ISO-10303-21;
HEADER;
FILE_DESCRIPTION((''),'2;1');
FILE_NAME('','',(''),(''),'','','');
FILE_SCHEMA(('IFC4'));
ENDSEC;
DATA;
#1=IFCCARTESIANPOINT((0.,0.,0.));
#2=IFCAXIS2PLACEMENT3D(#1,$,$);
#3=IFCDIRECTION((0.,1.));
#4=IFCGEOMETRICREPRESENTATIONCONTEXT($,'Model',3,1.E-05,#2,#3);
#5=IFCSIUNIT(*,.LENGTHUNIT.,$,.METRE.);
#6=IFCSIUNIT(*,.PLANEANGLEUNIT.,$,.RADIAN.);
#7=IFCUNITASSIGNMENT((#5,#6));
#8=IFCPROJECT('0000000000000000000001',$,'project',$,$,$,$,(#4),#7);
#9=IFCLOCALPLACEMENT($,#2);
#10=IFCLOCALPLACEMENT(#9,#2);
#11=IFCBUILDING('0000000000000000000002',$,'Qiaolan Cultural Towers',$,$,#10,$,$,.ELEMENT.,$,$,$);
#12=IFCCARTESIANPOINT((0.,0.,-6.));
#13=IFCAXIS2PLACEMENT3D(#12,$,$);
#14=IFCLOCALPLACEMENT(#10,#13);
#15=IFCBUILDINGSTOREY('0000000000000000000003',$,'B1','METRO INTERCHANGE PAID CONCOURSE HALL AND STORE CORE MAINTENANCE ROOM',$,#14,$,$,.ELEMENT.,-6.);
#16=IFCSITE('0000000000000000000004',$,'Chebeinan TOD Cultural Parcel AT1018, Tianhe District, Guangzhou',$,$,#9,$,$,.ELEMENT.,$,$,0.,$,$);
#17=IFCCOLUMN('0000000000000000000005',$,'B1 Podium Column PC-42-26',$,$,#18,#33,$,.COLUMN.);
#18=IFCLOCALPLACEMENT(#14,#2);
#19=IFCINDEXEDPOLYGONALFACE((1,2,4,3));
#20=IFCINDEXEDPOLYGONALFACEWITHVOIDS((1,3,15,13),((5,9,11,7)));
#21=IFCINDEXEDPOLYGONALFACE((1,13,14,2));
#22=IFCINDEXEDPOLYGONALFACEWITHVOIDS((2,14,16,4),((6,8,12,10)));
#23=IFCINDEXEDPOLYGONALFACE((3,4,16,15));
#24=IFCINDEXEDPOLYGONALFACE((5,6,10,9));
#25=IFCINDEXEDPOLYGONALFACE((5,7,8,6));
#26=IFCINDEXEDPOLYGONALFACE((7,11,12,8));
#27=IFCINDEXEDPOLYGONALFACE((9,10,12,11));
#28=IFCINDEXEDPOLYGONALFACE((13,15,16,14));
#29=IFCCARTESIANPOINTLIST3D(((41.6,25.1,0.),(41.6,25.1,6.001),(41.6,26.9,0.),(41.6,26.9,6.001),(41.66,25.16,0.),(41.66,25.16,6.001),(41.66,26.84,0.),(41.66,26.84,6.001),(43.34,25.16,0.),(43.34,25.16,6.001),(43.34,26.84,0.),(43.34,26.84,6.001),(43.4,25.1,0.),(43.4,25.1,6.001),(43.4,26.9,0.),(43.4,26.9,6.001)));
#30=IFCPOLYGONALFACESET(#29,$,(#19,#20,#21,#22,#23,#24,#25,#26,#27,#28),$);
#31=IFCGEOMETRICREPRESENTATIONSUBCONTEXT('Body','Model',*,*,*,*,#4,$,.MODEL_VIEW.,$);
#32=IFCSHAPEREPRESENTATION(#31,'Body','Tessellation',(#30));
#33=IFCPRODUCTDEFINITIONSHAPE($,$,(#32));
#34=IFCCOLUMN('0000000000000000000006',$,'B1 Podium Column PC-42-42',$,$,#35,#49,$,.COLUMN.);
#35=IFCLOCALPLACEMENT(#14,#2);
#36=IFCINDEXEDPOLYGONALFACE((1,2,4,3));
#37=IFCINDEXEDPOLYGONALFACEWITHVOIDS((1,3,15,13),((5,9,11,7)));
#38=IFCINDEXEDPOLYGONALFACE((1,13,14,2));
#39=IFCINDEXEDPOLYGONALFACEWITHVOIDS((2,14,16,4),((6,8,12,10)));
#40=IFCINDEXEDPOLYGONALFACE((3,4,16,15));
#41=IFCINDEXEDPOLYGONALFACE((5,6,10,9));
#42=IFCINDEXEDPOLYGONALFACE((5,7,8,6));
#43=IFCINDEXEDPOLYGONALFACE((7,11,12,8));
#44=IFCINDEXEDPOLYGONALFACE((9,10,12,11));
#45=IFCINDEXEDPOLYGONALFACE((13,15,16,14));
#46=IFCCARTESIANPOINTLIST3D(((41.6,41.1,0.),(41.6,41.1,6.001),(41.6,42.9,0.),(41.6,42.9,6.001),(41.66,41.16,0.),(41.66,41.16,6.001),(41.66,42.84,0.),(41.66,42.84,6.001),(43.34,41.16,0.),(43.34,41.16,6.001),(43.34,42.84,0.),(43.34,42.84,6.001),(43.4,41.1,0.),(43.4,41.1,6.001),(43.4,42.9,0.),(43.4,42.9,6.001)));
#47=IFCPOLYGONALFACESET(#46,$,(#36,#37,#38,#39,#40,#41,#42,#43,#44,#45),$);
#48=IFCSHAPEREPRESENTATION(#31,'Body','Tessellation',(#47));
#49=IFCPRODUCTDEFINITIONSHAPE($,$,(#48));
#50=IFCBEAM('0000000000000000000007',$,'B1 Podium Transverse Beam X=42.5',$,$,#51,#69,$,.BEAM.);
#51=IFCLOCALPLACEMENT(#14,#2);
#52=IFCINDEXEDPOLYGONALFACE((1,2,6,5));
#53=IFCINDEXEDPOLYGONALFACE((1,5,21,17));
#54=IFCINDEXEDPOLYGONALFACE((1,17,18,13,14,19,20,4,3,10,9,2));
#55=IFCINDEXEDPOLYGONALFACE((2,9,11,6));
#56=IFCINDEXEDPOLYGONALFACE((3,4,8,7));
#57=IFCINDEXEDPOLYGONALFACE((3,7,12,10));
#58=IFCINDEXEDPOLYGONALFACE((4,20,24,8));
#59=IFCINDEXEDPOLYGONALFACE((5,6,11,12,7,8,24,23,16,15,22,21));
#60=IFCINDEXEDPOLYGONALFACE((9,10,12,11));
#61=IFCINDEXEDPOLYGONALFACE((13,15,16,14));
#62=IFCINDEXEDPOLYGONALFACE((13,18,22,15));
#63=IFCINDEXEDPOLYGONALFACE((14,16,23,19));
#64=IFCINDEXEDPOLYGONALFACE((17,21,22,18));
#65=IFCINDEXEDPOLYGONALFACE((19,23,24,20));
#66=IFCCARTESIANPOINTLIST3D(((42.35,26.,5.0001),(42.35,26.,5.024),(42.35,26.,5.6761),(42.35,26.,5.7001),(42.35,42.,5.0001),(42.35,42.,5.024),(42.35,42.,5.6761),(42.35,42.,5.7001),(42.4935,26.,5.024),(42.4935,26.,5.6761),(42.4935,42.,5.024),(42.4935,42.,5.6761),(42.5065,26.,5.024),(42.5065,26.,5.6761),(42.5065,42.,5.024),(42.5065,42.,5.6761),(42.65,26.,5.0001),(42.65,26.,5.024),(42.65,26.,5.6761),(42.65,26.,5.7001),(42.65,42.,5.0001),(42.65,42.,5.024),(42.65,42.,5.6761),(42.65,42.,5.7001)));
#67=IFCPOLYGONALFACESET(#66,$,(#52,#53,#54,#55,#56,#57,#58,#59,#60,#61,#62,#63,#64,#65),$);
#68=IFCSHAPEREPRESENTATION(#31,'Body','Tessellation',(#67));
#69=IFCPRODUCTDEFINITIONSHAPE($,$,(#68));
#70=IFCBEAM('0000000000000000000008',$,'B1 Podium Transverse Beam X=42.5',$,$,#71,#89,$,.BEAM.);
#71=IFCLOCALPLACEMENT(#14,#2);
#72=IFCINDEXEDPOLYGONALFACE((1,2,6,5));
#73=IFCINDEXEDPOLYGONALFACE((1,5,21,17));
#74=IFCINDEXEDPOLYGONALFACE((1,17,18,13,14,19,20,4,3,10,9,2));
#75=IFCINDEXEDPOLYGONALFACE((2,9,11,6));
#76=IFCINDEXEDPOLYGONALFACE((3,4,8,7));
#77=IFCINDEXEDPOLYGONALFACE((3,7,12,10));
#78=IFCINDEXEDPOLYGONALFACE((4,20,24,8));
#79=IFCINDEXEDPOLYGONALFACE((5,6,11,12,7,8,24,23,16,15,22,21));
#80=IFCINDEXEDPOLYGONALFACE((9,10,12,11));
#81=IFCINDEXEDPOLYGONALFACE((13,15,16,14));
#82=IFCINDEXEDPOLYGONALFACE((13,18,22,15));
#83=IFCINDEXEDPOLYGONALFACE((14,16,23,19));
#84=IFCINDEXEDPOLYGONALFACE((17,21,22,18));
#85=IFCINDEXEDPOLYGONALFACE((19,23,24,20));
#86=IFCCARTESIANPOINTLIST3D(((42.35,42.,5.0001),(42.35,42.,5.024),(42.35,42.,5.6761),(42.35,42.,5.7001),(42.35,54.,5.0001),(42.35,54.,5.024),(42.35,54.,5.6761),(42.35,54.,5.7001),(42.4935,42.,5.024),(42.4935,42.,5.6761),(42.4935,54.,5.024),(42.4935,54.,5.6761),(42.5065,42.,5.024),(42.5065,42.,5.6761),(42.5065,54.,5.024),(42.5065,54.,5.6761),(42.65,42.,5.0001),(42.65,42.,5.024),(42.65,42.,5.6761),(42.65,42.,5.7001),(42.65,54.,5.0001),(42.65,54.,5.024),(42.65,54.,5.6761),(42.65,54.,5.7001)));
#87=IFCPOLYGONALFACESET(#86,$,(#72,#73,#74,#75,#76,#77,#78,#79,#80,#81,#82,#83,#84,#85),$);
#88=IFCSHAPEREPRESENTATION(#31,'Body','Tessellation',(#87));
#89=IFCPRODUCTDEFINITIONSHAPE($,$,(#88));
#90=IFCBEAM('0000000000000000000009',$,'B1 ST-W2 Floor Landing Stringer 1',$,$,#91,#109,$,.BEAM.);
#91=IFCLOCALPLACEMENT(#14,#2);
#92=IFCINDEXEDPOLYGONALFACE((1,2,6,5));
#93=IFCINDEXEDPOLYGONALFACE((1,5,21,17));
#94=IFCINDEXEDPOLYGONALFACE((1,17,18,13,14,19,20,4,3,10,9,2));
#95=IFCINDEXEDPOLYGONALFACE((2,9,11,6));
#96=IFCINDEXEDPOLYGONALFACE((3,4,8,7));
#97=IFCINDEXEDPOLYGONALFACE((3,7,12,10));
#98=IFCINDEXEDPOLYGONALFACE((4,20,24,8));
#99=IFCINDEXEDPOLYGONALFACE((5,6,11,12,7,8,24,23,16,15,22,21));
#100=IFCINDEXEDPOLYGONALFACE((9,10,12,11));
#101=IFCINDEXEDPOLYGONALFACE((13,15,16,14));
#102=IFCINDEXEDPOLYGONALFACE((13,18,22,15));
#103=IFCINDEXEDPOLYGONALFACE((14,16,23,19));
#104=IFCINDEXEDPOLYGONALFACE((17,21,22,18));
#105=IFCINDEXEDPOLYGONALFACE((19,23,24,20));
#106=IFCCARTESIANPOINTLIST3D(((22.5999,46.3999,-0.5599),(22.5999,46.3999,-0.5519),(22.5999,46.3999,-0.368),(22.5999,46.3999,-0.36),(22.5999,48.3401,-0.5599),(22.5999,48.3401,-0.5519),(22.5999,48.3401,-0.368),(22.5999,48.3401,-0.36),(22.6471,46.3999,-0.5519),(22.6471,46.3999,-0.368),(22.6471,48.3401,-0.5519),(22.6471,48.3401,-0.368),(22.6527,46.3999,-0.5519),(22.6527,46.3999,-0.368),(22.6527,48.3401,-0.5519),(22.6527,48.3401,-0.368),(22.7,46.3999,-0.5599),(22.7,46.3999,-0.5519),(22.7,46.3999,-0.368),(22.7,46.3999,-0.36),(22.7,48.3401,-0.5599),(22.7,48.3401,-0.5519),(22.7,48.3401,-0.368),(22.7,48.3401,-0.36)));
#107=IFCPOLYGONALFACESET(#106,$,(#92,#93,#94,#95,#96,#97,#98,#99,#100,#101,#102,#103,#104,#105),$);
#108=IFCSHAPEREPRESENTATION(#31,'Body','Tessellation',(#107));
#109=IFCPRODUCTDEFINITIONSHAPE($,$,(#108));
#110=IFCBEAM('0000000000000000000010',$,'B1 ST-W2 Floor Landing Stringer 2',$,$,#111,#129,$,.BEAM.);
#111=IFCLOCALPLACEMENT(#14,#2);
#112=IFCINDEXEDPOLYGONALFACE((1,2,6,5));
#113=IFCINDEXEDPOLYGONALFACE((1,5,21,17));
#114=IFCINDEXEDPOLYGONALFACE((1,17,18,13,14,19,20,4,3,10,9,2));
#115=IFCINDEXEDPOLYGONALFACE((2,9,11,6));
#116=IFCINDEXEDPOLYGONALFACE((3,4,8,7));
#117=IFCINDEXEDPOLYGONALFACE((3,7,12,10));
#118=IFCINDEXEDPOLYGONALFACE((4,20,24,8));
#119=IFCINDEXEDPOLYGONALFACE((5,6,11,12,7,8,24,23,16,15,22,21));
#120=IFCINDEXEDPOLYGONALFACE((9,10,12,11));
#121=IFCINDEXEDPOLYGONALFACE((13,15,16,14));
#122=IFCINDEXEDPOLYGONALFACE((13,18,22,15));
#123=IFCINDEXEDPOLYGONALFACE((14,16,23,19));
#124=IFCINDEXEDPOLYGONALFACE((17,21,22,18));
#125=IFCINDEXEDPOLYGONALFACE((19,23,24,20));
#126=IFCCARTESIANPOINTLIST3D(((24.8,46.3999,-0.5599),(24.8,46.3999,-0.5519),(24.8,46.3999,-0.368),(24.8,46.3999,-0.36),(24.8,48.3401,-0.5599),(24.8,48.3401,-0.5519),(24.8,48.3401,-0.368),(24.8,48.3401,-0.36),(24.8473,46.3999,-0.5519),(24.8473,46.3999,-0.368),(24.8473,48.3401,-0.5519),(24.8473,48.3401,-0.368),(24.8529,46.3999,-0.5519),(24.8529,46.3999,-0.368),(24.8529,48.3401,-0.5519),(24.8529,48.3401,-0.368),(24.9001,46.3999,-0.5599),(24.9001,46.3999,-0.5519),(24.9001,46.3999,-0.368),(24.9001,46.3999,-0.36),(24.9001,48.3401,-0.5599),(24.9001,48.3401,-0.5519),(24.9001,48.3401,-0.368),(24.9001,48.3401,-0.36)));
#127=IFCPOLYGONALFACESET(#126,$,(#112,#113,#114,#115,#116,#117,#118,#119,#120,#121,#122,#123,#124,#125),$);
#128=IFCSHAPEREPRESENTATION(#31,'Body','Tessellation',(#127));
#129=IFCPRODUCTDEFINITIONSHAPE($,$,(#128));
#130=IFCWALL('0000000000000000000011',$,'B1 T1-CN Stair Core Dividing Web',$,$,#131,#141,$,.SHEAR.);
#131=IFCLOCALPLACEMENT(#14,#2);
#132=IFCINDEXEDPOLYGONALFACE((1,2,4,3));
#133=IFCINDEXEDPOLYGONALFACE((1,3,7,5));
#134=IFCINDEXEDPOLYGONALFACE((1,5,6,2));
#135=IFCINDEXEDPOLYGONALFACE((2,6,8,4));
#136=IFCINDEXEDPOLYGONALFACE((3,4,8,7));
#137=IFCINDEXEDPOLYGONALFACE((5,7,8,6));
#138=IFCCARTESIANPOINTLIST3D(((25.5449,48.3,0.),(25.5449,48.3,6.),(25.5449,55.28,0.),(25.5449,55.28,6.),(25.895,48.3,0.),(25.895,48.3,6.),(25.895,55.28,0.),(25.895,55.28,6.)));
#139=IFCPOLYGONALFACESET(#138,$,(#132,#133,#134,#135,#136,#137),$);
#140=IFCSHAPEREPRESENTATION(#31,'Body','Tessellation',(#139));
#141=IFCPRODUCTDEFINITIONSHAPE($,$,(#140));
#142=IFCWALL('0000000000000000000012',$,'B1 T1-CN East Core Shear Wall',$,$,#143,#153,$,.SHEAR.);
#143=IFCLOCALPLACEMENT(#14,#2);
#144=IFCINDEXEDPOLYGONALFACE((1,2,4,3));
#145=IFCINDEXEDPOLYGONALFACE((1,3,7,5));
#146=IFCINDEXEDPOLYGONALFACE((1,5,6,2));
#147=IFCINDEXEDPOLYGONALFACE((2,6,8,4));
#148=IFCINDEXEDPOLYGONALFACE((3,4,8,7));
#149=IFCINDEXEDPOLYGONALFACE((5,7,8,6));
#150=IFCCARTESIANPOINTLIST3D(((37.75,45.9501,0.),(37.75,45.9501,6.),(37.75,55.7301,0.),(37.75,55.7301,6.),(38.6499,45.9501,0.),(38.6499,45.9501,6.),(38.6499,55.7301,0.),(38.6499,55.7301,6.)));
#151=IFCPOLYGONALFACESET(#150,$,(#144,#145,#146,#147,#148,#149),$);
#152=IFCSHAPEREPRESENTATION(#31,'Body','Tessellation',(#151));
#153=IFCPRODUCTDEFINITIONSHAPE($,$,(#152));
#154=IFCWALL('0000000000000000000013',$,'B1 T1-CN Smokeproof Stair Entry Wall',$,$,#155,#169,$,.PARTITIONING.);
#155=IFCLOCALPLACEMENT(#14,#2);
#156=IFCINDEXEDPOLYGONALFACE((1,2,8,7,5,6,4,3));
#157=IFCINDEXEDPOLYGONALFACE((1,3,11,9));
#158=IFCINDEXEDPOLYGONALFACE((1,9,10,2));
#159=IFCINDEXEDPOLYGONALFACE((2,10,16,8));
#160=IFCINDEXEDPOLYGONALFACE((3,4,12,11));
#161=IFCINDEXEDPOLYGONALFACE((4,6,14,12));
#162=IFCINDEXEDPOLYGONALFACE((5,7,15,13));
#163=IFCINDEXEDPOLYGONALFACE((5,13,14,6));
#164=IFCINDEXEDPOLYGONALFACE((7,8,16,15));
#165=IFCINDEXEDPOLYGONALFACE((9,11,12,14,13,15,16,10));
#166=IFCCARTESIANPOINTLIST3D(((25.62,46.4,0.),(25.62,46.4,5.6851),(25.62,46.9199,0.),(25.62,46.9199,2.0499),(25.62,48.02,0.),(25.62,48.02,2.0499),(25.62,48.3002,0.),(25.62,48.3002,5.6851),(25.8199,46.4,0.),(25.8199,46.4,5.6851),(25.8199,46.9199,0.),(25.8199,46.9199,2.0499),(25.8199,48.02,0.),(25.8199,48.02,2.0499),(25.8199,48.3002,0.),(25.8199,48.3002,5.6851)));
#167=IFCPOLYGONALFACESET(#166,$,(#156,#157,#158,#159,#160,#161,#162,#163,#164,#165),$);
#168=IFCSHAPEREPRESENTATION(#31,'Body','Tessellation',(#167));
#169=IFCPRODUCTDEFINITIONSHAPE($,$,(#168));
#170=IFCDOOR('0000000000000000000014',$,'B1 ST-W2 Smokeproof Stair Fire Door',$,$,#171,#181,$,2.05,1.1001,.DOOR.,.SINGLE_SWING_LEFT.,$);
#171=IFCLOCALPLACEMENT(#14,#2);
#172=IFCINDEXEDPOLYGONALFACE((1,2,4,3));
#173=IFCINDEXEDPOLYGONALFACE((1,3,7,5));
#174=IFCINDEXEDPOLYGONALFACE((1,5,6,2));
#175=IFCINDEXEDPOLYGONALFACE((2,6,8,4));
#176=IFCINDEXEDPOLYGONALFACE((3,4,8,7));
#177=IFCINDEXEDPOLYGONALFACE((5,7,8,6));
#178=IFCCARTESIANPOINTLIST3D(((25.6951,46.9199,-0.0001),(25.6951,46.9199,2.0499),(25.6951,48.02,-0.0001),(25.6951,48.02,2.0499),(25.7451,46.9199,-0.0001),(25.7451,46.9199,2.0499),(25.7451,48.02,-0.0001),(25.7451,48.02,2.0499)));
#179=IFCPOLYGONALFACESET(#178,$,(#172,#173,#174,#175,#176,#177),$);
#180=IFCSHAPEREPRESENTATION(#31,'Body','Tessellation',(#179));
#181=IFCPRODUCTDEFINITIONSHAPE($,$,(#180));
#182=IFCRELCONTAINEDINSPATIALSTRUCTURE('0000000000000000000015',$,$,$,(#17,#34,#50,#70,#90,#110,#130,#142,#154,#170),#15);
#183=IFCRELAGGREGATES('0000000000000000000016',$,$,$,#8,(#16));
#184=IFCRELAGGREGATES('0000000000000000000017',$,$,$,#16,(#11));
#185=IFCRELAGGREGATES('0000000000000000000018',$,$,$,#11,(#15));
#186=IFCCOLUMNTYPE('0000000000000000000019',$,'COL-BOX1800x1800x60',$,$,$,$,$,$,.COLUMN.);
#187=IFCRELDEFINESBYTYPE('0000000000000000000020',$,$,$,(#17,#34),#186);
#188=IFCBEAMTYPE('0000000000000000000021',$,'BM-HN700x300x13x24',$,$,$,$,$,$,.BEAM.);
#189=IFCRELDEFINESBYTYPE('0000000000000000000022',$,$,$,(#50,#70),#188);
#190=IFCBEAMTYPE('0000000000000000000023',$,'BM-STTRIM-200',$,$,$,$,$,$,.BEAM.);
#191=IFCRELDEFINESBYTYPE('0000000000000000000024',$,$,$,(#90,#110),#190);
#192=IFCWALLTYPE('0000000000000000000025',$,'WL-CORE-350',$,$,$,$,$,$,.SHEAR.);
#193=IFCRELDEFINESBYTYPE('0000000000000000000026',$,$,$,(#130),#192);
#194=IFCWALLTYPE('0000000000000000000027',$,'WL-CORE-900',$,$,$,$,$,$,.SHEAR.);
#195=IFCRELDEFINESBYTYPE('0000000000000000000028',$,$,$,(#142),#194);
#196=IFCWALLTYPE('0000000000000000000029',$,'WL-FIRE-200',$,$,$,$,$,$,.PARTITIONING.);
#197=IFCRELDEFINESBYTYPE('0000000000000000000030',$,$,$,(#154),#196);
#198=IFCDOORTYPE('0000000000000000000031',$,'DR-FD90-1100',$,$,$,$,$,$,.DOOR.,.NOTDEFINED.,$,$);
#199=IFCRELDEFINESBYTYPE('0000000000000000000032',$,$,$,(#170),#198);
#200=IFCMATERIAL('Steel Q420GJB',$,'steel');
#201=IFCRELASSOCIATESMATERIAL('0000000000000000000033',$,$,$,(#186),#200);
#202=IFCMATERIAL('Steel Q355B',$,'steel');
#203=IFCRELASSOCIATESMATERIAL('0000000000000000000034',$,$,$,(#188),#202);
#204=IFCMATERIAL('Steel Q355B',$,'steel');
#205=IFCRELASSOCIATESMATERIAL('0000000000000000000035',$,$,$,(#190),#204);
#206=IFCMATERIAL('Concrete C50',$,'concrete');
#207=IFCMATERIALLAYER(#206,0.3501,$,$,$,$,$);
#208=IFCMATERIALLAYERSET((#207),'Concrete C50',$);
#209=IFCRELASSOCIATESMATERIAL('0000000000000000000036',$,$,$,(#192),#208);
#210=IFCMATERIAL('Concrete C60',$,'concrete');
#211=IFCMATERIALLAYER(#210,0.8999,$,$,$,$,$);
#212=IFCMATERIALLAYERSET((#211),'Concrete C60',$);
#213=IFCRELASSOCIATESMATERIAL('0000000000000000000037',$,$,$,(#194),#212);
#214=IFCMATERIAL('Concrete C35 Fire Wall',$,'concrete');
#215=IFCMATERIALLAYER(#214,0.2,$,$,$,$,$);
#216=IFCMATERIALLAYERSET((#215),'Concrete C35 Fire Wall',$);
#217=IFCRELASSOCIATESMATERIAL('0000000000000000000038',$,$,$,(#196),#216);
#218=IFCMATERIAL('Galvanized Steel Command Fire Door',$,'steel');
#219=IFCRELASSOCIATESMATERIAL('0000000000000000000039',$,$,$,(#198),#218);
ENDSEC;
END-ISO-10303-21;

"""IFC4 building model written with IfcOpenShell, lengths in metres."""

from ifc_helpers import new_model, si_unit, direction, frame, frame_2d, origin, origin_2d, place, context, subcontext, project, spatial, rectangle, hollow_rectangle, i_section, extrude, material, layer, layer_set, material_profile, profile_set, type_object, element, fill, save


model = new_model("IFC4")

# Units and contexts
model_context = context("Model", 3, precision=1e-05, world=origin(), true_north=direction((0.0, 1.0)))
body_context = subcontext(model_context, "Body", "Model", "MODEL_VIEW")
ifc_project = project(units=[si_unit("LENGTHUNIT", "METRE"), si_unit("PLANEANGLEUNIT", "RADIAN")], contexts=[model_context])

# Site, building, storey
site_placement = place(None, origin())
site = spatial("IfcSite", under=ifc_project, at=site_placement, Name="Chebeinan TOD Cultural Parcel AT1018, Tianhe District, Guangzhou", CompositionType="ELEMENT", RefElevation=0.0)
building_placement = place(site_placement, origin())
building = spatial("IfcBuilding", under=site, at=building_placement, Name="Qiaolan Cultural Towers", CompositionType="ELEMENT")
storey_placement = place(building_placement, frame((0.0, 0.0, -6.0)))
storey = spatial("IfcBuildingStorey", under=building, at=storey_placement, Name="B1", Description="METRO INTERCHANGE PAID CONCOURSE HALL AND STORE CORE MAINTENANCE ROOM", CompositionType="ELEMENT", Elevation=-6.0)

# Columns
ifc_material_1 = material(Name="Steel Q420GJB", Category="steel")
ifc_material_profile_1 = material_profile(ifc_material_1, hollow_rectangle(XDim=1.8, YDim=1.8, WallThickness=0.0601, at=origin_2d()), Name="BOX1800x1800x60")
ifc_profile_set_1 = profile_set([ifc_material_profile_1], Name="Steel Q420GJB")
column_type = type_object("IfcColumnType", Name="COL-BOX1800x1800x60", PredefinedType="COLUMN", material=ifc_profile_set_1)
for number, where, z_axis, x_axis, name in (
    (1, (42.5, 26.0, 0.0), (0.0, 0.0, 1.0), (1.0, 0.0, 0.0), "B1 Podium Column PC-42-26"),
    (2, (42.5, 42.0, 0.0), (0.0, 0.0, 1.0), (1.0, 0.0, 0.0), "B1 Podium Column PC-42-42"),
):
    element("IfcColumn", number, at=place(storey_placement, frame(where, z_axis=z_axis, x_axis=x_axis)), inside=storey, type_object=column_type, Name=name, PredefinedType="COLUMN", context=body_context, shape_type="SweptSolid", body=[
        extrude(hollow_rectangle(XDim=1.8, YDim=1.8, WallThickness=0.0601, at=origin_2d()), origin(), (0.0, 0.0, 1.0), 6.001),
    ])

# Beams
ifc_material_2 = material(Name="Steel Q355B", Category="steel")
ifc_material_profile_2 = material_profile(ifc_material_2, i_section(OverallWidth=0.3, OverallDepth=0.7, WebThickness=0.0129, FlangeThickness=0.0239, at=origin_2d()), Name="HN700x300x13x24")
ifc_profile_set_2 = profile_set([ifc_material_profile_2], Name="Steel Q355B")
beam_type_1 = type_object("IfcBeamType", Name="BM-HN700x300x13x24", PredefinedType="BEAM", material=ifc_profile_set_2)
beam_1_placement = place(storey_placement, frame((42.5, 26.0, 5.3501), z_axis=(0.0, 1.0, 0.0), x_axis=(-1.0, 0.0, 0.0)))
element("IfcBeam", 3, at=beam_1_placement, inside=storey, type_object=beam_type_1, Name="B1 Podium Transverse Beam X=42.5", PredefinedType="BEAM", context=body_context, shape_type="SweptSolid", body=[
    extrude(i_section(OverallWidth=0.3, OverallDepth=0.7, WebThickness=0.0129, FlangeThickness=0.0239, at=origin_2d()), origin(), (0.0, 0.0, 1.0), 16.0),
])
beam_2_placement = place(storey_placement, frame((42.5, 42.0, 5.3501), z_axis=(0.0, 1.0, 0.0), x_axis=(-1.0, 0.0, 0.0)))
element("IfcBeam", 4, at=beam_2_placement, inside=storey, type_object=beam_type_1, Name="B1 Podium Transverse Beam X=42.5", PredefinedType="BEAM", context=body_context, shape_type="SweptSolid", body=[
    extrude(i_section(OverallWidth=0.3, OverallDepth=0.7, WebThickness=0.0129, FlangeThickness=0.0239, at=origin_2d()), origin(), (0.0, 0.0, 1.0), 12.0),
])
ifc_material_3 = material(Name="Steel Q355B", Category="steel")
ifc_material_profile_3 = material_profile(ifc_material_3, i_section(OverallWidth=0.1001, OverallDepth=0.2, WebThickness=0.0056, FlangeThickness=0.0081, at=origin_2d()), Name="HN200x100x5.5x8")
ifc_profile_set_3 = profile_set([ifc_material_profile_3], Name="Steel Q355B")
beam_type_2 = type_object("IfcBeamType", Name="BM-STTRIM-200", PredefinedType="BEAM", material=ifc_profile_set_3)
for number, where, z_axis, x_axis, name in (
    (5, (22.6499, 46.3999, -0.46), (0.0, 1.0, 0.0), (-1.0, 0.0, 0.0), "B1 ST-W2 Floor Landing Stringer 1"),
    (6, (24.8501, 46.3999, -0.46), (0.0, 1.0, 0.0), (-1.0, 0.0, 0.0), "B1 ST-W2 Floor Landing Stringer 2"),
):
    element("IfcBeam", number, at=place(storey_placement, frame(where, z_axis=z_axis, x_axis=x_axis)), inside=storey, type_object=beam_type_2, Name=name, PredefinedType="BEAM", context=body_context, shape_type="SweptSolid", body=[
        extrude(i_section(OverallWidth=0.1001, OverallDepth=0.2, WebThickness=0.0056, FlangeThickness=0.0081, at=origin_2d()), origin(), (0.0, 0.0, 1.0), 1.9402),
    ])

# Walls
ifc_material_4 = material(Name="Concrete C50", Category="concrete")
ifc_layer_1 = layer(ifc_material_4, 0.3501)
ifc_layer_set_1 = layer_set([ifc_layer_1], Name="Concrete C50")
wall_type_1 = type_object("IfcWallType", Name="WL-CORE-350", PredefinedType="SHEAR", material=ifc_layer_set_1)
wall_1_placement = place(storey_placement, frame((25.72, 48.3, 0.0), z_axis=(0.0, 0.0, 1.0), x_axis=(0.0, 1.0, 0.0)))
element("IfcWall", 7, at=wall_1_placement, inside=storey, type_object=wall_type_1, Name="B1 T1-CN Stair Core Dividing Web", PredefinedType="SHEAR", context=body_context, shape_type="SweptSolid", body=[
    extrude(rectangle(XDim=6.98, YDim=0.3501, at=frame_2d((3.49, 0.0))), origin(), (0.0, 0.0, 1.0), 6.0),
])
ifc_material_5 = material(Name="Concrete C60", Category="concrete")
ifc_layer_2 = layer(ifc_material_5, 0.8999)
ifc_layer_set_2 = layer_set([ifc_layer_2], Name="Concrete C60")
wall_type_2 = type_object("IfcWallType", Name="WL-CORE-900", PredefinedType="SHEAR", material=ifc_layer_set_2)
wall_2_placement = place(storey_placement, frame((38.2, 45.95, 0.0), z_axis=(0.0, 0.0, 1.0), x_axis=(0.0, 1.0, 0.0)))
element("IfcWall", 8, at=wall_2_placement, inside=storey, type_object=wall_type_2, Name="B1 T1-CN East Core Shear Wall", PredefinedType="SHEAR", context=body_context, shape_type="SweptSolid", body=[
    extrude(rectangle(XDim=9.78, YDim=0.8999, at=frame_2d((4.8901, 0.0))), origin(), (0.0, 0.0, 1.0), 6.0),
])

# Wall, opening, door
ifc_material_6 = material(Name="Concrete C35 Fire Wall", Category="concrete")
ifc_layer_3 = layer(ifc_material_6, 0.2)
ifc_layer_set_3 = layer_set([ifc_layer_3], Name="Concrete C35 Fire Wall")
wall_type_3 = type_object("IfcWallType", Name="WL-FIRE-200", PredefinedType="PARTITIONING", material=ifc_layer_set_3)
wall_3_placement = place(storey_placement, frame((25.72, 46.3999, 0.0), z_axis=(0.0, 0.0, 1.0), x_axis=(0.0, 1.0, 0.0)))
wall_3 = element("IfcWall", 9, at=wall_3_placement, inside=storey, type_object=wall_type_3, Name="B1 T1-CN Smokeproof Stair Entry Wall", PredefinedType="PARTITIONING", context=body_context, shape_type="SweptSolid", body=[
    extrude(rectangle(XDim=1.9001, YDim=0.2, at=frame_2d((0.9502, 0.0))), origin(), (0.0, 0.0, 1.0), 5.6851),
])
opening_1_placement = place(wall_3_placement, frame((0.52, 0.0, 0.0)))
opening_1 = element("IfcOpeningElement", 10, at=opening_1_placement, cuts=wall_3, PredefinedType="OPENING", context=body_context, shape_type="SweptSolid", body=[
    extrude(rectangle(XDim=1.1001, YDim=2.05, at=frame_2d((0.55, 1.0249))), frame((0.0, 0.1099, 0.0), z_axis=(0.0, -1.0, 0.0), x_axis=(1.0, 0.0, 0.0)), (0.0, 0.0, 1.0), 0.22),
])
ifc_material_7 = material(Name="Galvanized Steel Command Fire Door", Category="steel")
door_type_1 = type_object("IfcDoorType", Name="DR-FD90-1100", OperationType="NOTDEFINED", PredefinedType="DOOR", material=ifc_material_7)
door_1_placement = place(opening_1_placement, origin())
door_1 = element("IfcDoor", 11, at=door_1_placement, inside=storey, type_object=door_type_1, Name="B1 ST-W2 Smokeproof Stair Fire Door", OperationType="SINGLE_SWING_LEFT", OverallHeight=2.05, OverallWidth=1.1001, PredefinedType="DOOR", context=body_context, shape_type="SweptSolid", body=[
    extrude(rectangle(XDim=1.1001, YDim=2.05, at=frame_2d((0.55, 1.0249))), frame((0.0, 0.0249, 0.0), z_axis=(0.0, -1.0, 0.0), x_axis=(1.0, 0.0, 0.0)), (0.0, 0.0, 1.0), 0.05),
])
fill(opening_1, door_1)

save(model, "model.ifc")
